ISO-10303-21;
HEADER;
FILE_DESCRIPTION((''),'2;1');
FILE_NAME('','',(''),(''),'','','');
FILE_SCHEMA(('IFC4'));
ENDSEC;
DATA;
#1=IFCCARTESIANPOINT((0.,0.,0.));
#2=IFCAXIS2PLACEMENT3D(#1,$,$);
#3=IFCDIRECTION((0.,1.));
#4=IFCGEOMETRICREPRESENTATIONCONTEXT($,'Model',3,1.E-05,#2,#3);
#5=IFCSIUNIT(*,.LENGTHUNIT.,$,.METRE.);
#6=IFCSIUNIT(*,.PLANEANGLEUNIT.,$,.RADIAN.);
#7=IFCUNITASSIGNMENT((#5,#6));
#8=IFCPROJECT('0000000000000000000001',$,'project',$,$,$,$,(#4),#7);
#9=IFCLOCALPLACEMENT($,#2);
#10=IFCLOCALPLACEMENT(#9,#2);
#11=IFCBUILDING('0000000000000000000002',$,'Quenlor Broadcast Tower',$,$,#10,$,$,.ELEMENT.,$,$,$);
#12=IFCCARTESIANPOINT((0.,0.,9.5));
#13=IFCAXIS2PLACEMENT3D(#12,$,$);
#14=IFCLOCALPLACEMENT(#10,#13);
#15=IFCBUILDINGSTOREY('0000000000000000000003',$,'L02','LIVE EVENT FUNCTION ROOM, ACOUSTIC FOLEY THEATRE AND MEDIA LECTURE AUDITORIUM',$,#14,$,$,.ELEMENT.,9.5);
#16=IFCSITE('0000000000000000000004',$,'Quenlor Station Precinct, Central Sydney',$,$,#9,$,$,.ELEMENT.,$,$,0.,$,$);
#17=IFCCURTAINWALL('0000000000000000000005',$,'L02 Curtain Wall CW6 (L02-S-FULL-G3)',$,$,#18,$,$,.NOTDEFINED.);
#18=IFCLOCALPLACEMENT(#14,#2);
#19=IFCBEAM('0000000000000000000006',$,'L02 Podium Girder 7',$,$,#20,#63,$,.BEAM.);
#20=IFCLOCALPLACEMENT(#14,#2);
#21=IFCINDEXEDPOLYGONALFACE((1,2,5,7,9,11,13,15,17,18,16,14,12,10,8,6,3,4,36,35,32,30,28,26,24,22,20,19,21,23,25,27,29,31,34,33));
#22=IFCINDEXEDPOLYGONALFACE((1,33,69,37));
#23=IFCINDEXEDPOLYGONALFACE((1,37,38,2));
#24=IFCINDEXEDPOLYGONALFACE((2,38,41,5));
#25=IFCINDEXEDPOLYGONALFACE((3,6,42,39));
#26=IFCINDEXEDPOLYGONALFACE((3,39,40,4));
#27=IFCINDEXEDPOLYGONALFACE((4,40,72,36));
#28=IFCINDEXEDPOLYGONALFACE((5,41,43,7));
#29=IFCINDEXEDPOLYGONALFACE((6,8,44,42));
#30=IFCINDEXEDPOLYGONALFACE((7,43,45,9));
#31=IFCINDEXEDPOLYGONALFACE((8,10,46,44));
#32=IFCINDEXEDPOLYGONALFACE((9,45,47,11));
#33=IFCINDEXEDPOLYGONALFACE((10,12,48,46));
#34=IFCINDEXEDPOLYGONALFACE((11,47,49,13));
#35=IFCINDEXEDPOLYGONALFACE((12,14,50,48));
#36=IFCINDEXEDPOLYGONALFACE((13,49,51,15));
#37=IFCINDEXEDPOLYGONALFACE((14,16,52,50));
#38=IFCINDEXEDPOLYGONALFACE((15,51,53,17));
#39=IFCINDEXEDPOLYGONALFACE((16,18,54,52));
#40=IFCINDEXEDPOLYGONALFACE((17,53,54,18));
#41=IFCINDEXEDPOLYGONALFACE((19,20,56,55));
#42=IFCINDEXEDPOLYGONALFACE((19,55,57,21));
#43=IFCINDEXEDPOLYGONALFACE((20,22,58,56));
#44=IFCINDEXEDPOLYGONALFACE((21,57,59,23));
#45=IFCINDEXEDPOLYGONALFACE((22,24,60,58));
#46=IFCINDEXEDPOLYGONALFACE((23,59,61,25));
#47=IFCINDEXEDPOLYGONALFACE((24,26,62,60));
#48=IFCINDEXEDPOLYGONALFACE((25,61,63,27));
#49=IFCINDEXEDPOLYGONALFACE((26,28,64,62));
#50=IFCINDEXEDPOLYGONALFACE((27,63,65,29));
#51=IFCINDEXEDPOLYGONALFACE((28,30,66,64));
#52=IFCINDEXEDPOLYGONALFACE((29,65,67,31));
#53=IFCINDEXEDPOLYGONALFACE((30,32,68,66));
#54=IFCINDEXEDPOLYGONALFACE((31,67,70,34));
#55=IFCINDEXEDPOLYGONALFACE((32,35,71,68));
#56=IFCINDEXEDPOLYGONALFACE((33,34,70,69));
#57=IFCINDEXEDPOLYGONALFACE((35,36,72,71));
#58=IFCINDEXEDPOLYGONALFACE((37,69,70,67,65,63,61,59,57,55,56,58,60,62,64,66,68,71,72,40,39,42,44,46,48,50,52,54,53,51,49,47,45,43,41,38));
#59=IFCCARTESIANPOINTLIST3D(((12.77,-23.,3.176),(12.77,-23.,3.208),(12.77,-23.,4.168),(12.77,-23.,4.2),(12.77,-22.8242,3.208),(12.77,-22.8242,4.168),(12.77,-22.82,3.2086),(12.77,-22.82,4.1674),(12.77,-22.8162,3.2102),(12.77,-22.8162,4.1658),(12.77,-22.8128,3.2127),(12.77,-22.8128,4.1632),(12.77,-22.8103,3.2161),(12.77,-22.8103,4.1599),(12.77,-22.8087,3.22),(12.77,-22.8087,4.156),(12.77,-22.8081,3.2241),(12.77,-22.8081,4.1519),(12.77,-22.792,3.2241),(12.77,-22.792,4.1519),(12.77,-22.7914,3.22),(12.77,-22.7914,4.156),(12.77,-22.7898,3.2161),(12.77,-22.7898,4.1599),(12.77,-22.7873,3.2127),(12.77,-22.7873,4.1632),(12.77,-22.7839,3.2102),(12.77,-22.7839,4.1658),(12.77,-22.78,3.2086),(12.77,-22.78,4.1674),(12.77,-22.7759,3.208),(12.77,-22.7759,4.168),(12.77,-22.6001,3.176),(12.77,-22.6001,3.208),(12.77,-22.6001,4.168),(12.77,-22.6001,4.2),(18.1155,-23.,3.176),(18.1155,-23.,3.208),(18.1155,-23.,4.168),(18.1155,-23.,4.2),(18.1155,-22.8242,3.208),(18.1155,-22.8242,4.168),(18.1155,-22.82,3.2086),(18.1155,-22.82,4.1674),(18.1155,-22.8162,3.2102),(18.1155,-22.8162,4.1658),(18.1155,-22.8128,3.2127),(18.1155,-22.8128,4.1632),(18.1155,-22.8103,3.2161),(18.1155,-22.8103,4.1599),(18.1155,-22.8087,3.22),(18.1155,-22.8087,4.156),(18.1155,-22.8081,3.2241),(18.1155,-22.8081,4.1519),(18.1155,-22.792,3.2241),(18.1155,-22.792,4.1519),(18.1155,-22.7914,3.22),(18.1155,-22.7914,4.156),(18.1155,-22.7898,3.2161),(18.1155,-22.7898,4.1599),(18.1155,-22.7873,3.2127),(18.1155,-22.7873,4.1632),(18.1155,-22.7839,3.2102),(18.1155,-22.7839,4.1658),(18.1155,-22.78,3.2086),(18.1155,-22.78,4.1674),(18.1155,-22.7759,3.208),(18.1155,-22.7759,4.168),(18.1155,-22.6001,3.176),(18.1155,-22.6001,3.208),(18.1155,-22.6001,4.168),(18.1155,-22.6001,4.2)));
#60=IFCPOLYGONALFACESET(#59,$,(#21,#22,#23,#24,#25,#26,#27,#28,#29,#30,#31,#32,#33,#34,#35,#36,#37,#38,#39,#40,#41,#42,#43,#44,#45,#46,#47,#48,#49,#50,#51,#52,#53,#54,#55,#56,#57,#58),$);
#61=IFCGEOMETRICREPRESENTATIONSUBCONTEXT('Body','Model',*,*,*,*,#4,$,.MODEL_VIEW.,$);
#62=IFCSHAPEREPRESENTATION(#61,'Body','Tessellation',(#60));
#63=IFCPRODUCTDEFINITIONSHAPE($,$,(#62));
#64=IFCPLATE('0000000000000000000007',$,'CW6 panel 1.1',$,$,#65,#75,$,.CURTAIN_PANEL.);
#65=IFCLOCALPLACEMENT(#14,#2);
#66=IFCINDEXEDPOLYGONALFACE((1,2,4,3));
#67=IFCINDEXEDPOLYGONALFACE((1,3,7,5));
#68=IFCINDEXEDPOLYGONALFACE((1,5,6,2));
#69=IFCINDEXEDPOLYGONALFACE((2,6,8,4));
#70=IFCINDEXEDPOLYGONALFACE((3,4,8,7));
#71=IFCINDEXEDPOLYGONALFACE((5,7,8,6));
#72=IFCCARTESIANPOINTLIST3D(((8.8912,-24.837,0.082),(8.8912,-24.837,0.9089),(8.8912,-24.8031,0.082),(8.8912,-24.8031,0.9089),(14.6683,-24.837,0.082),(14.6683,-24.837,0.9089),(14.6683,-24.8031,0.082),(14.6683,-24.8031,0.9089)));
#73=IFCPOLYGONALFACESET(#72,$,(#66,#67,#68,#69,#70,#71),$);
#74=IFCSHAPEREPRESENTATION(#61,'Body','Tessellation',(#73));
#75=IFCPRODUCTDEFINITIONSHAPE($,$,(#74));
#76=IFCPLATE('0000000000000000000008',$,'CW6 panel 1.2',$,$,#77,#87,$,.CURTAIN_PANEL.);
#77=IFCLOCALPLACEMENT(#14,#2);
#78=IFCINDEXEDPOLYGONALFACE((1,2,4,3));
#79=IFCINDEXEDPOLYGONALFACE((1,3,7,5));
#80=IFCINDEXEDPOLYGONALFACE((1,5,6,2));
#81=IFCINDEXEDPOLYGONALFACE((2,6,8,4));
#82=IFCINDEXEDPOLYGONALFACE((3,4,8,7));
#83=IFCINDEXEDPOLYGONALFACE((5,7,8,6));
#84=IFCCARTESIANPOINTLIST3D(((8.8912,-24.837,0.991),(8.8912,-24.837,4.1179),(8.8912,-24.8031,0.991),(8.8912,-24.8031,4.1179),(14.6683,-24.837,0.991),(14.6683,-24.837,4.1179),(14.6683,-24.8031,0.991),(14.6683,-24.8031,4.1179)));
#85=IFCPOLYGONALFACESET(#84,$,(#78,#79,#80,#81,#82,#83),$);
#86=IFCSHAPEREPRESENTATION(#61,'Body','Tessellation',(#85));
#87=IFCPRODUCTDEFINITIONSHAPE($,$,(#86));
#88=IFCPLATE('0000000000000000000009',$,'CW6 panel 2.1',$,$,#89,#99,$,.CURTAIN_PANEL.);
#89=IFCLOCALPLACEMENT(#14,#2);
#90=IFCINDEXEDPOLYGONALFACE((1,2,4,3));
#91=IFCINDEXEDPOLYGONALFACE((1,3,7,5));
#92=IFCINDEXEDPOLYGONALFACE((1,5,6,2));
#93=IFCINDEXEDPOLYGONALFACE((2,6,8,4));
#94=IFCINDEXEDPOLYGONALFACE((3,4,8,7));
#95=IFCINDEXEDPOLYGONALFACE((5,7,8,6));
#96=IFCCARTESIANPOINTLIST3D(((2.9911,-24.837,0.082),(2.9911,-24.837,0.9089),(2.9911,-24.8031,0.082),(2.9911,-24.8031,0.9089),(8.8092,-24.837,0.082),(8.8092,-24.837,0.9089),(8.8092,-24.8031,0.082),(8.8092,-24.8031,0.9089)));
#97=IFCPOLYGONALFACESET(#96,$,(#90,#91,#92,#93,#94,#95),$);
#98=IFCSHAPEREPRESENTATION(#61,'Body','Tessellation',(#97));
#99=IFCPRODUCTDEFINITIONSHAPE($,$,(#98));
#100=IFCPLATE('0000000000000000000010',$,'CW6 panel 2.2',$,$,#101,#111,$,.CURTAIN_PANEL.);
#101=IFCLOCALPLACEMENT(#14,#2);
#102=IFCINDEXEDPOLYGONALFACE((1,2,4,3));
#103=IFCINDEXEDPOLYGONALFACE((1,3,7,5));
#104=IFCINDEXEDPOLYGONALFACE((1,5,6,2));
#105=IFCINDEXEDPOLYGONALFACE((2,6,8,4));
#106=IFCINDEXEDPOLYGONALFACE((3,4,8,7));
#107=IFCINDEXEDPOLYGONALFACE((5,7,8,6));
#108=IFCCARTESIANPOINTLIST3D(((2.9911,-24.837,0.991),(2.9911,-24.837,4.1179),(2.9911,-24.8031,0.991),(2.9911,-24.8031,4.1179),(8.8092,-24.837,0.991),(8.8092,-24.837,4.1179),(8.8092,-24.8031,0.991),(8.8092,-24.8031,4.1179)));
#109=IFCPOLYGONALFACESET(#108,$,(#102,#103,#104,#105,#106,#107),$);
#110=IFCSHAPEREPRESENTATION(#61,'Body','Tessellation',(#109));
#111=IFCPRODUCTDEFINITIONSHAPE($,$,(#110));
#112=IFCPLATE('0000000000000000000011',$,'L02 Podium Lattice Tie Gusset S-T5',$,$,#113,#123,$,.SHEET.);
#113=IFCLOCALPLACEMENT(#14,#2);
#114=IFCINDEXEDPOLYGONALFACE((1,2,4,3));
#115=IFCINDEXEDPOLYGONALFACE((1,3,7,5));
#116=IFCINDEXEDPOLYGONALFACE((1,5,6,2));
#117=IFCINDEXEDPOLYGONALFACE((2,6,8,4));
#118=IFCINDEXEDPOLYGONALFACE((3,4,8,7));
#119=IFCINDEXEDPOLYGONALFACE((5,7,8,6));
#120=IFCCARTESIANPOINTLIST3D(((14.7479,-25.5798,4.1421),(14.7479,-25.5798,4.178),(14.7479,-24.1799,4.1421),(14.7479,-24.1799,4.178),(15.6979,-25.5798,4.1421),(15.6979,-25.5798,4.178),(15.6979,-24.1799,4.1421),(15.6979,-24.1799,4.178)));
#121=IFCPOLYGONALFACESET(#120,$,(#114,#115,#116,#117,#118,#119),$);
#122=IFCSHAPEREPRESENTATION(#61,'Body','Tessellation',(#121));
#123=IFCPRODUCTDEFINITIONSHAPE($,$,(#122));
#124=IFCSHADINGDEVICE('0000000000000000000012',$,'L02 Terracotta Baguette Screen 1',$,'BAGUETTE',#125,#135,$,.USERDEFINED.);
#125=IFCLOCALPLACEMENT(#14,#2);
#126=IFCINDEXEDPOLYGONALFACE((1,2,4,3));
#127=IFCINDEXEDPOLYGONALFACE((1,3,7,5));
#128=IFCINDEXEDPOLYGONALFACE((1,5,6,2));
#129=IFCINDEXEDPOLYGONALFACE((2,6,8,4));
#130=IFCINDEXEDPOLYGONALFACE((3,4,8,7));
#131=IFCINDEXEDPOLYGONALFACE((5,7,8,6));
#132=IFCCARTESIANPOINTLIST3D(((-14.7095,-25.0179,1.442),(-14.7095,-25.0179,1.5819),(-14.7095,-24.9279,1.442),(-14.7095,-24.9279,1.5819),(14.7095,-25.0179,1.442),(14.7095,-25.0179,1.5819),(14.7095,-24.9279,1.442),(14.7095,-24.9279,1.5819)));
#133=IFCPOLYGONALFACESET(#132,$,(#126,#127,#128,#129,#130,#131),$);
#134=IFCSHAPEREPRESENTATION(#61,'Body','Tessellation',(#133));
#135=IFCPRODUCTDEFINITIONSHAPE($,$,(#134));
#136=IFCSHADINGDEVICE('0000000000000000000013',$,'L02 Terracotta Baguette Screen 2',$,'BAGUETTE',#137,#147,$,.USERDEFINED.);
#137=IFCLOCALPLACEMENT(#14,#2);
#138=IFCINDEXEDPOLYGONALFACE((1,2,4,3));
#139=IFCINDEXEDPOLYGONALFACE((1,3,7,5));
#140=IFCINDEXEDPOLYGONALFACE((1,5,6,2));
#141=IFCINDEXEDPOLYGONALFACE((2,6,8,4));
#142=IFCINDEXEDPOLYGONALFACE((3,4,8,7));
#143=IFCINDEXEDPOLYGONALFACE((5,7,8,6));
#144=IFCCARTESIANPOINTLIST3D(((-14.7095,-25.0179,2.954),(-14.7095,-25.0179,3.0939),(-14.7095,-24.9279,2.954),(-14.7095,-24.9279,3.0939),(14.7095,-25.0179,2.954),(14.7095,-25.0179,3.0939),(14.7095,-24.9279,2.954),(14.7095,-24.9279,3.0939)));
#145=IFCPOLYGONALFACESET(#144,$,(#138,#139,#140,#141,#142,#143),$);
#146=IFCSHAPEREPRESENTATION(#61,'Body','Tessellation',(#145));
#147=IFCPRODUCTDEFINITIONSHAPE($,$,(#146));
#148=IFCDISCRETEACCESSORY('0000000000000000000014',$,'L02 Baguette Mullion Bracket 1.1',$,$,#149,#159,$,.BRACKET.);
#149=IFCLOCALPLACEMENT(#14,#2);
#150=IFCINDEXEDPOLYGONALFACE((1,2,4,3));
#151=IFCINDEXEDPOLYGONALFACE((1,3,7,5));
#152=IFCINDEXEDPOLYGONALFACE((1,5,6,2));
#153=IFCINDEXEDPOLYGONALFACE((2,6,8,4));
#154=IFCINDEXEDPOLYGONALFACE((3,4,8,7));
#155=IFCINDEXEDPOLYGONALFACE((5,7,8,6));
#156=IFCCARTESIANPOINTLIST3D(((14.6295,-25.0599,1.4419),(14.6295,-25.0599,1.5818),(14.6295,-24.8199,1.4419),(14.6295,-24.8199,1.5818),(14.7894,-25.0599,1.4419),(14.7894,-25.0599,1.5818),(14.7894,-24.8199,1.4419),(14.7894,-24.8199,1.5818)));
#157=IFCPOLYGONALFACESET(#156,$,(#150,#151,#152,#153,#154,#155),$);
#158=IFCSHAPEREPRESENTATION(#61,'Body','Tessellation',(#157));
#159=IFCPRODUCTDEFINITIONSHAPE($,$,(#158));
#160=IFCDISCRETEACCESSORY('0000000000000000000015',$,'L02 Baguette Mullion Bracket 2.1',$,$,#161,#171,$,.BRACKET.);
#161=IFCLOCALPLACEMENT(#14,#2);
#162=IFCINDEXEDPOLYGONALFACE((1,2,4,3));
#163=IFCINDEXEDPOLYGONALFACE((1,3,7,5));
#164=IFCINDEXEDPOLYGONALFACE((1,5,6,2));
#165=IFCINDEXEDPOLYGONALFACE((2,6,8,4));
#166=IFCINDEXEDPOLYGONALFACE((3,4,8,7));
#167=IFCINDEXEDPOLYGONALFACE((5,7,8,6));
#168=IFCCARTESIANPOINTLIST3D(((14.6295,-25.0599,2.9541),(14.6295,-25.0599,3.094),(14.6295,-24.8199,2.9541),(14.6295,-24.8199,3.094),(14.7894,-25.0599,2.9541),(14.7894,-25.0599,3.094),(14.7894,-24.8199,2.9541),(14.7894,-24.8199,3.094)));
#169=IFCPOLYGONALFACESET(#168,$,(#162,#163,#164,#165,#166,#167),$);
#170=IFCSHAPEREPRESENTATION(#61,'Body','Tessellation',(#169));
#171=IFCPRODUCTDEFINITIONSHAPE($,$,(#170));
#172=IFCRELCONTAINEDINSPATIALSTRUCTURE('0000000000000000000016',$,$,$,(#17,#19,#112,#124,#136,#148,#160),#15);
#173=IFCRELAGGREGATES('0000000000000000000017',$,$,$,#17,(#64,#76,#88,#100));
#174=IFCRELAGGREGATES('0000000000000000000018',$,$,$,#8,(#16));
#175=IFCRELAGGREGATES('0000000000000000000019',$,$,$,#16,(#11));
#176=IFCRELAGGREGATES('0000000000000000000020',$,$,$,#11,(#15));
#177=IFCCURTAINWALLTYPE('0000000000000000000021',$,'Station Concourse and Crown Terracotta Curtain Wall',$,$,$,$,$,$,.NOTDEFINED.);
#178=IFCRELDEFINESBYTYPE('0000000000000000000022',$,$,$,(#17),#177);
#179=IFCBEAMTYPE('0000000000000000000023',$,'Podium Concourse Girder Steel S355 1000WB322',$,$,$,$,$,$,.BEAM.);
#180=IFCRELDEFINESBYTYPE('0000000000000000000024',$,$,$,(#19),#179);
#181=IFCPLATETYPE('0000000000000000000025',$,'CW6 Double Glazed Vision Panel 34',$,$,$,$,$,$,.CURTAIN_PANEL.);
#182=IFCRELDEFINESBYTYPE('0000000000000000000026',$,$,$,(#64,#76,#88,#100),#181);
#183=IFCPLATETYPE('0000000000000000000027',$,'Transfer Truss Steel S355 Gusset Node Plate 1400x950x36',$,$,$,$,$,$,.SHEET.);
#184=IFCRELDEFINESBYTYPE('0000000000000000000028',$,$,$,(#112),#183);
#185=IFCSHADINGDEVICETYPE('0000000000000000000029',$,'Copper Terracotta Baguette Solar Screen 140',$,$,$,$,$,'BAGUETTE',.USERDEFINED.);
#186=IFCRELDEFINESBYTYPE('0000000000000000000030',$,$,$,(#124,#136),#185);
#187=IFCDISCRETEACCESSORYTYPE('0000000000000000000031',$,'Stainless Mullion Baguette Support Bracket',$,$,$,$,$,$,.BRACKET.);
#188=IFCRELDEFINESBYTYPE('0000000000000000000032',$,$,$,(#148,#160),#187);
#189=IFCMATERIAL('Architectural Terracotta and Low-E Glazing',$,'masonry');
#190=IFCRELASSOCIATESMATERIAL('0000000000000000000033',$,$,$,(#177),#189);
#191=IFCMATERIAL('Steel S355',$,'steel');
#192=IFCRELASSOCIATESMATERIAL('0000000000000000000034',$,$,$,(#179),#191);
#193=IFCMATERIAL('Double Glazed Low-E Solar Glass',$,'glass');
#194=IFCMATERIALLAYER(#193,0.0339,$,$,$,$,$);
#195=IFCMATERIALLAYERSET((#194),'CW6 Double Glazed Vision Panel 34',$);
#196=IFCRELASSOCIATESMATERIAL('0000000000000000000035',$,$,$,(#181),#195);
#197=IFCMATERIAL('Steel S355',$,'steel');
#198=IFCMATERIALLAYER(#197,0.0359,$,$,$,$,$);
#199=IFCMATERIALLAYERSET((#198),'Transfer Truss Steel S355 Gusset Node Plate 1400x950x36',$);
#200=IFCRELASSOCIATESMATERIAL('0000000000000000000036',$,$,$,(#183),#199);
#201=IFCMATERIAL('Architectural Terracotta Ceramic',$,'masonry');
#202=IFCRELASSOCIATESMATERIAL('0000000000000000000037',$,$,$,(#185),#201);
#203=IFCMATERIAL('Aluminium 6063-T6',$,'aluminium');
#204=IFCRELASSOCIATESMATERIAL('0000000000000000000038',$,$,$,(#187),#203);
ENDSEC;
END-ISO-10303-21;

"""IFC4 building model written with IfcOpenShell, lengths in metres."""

from ifc_helpers import new_model, si_unit, direction, frame, origin, origin_2d, place, context, subcontext, project, spatial, rectangle, i_section, extrude, material, layer, layer_set, material_profile, profile_set, type_object, element, aggregate, save


model = new_model("IFC4")

# Units and contexts
model_context = context("Model", 3, precision=1e-05, world=origin(), true_north=direction((0.0, 1.0)))
body_context = subcontext(model_context, "Body", "Model", "MODEL_VIEW")
ifc_project = project(units=[si_unit("LENGTHUNIT", "METRE"), si_unit("PLANEANGLEUNIT", "RADIAN")], contexts=[model_context])

# Site, building, storey
site_placement = place(None, origin())
site = spatial("IfcSite", under=ifc_project, at=site_placement, Name="Quenlor Station Precinct, Central Sydney", CompositionType="ELEMENT", RefElevation=0.0)
building_placement = place(site_placement, origin())
building = spatial("IfcBuilding", under=site, at=building_placement, Name="Quenlor Broadcast Tower", CompositionType="ELEMENT")
storey_placement = place(building_placement, frame((0.0, 0.0, 9.5)))
storey = spatial("IfcBuildingStorey", under=building, at=storey_placement, Name="L02", Description="LIVE EVENT FUNCTION ROOM, ACOUSTIC FOLEY THEATRE AND MEDIA LECTURE AUDITORIUM", CompositionType="ELEMENT", Elevation=9.5)

# Curtain wall
ifc_material_1 = material(Name="Architectural Terracotta and Low-E Glazing", Category="masonry")
curtain_wall_type = type_object("IfcCurtainWallType", Name="Station Concourse and Crown Terracotta Curtain Wall", PredefinedType="NOTDEFINED", material=ifc_material_1)
curtain_wall_placement = place(storey_placement, origin())
curtain_wall = element("IfcCurtainWall", 1, at=curtain_wall_placement, inside=storey, type_object=curtain_wall_type, Name="L02 Curtain Wall CW6 (L02-S-FULL-G3)", PredefinedType="NOTDEFINED")

# Beam
ifc_material_2 = material(Name="Steel S355", Category="steel")
ifc_material_profile_1 = material_profile(ifc_material_2, i_section(OverallWidth=0.3999, OverallDepth=1.0239, WebThickness=0.0161, FlangeThickness=0.032, FilletRadius=0.0161, at=origin_2d()))
ifc_profile_set_1 = profile_set([ifc_material_profile_1], Name="Steel S355 1000WB322")
beam_type_1 = type_object("IfcBeamType", Name="Podium Concourse Girder Steel S355 1000WB322", PredefinedType="BEAM", material=ifc_profile_set_1)
beam_1_placement = place(storey_placement, frame((12.77, -22.8, 3.688), z_axis=(1.0, 0.0, 0.0), x_axis=(0.0, 1.0, 0.0)))
element("IfcBeam", 2, at=beam_1_placement, inside=storey, type_object=beam_type_1, Name="L02 Podium Girder 7", PredefinedType="BEAM", context=body_context, shape_type="SweptSolid", body=[
    extrude(i_section(OverallWidth=0.3999, OverallDepth=1.0239, WebThickness=0.0161, FlangeThickness=0.032, FilletRadius=0.0161, at=origin_2d()), origin(), (0.0, 0.0, 1.0), 5.3455),
])

# Plates
ifc_material_3 = material(Name="Double Glazed Low-E Solar Glass", Category="glass")
ifc_layer_1 = layer(ifc_material_3, 0.0339)
ifc_layer_set_1 = layer_set([ifc_layer_1], Name="CW6 Double Glazed Vision Panel 34")
plate_type_1 = type_object("IfcPlateType", Name="CW6 Double Glazed Vision Panel 34", PredefinedType="CURTAIN_PANEL", material=ifc_layer_set_1)
plate_1_placement = place(storey_placement, frame((11.7798, -24.8201, 0.082), z_axis=(0.0, 0.0, 1.0), x_axis=(-1.0, 0.0, 0.0)))
plate_1 = element("IfcPlate", 3, at=plate_1_placement, type_object=plate_type_1, Name="CW6 panel 1.1", PredefinedType="CURTAIN_PANEL", context=body_context, shape_type="SweptSolid", body=[
    extrude(rectangle(XDim=5.7771, YDim=0.0339, at=origin_2d()), origin(), (0.0, 0.0, 1.0), 0.8269),
])
plate_2_placement = place(storey_placement, frame((11.7798, -24.8201, 0.991), z_axis=(0.0, 0.0, 1.0), x_axis=(-1.0, 0.0, 0.0)))
plate_2 = element("IfcPlate", 4, at=plate_2_placement, type_object=plate_type_1, Name="CW6 panel 1.2", PredefinedType="CURTAIN_PANEL", context=body_context, shape_type="SweptSolid", body=[
    extrude(rectangle(XDim=5.7771, YDim=0.0339, at=origin_2d()), origin(), (0.0, 0.0, 1.0), 3.127),
])
plate_3_placement = place(storey_placement, frame((5.9001, -24.8201, 0.082), z_axis=(0.0, 0.0, 1.0), x_axis=(-1.0, 0.0, 0.0)))
plate_3 = element("IfcPlate", 5, at=plate_3_placement, type_object=plate_type_1, Name="CW6 panel 2.1", PredefinedType="CURTAIN_PANEL", context=body_context, shape_type="SweptSolid", body=[
    extrude(rectangle(XDim=5.8181, YDim=0.0339, at=origin_2d()), origin(), (0.0, 0.0, 1.0), 0.8269),
])
plate_4_placement = place(storey_placement, frame((5.9001, -24.8201, 0.991), z_axis=(0.0, 0.0, 1.0), x_axis=(-1.0, 0.0, 0.0)))
plate_4 = element("IfcPlate", 6, at=plate_4_placement, type_object=plate_type_1, Name="CW6 panel 2.2", PredefinedType="CURTAIN_PANEL", context=body_context, shape_type="SweptSolid", body=[
    extrude(rectangle(XDim=5.8181, YDim=0.0339, at=origin_2d()), origin(), (0.0, 0.0, 1.0), 3.127),
])
aggregate(curtain_wall, [plate_1, plate_2, plate_3, plate_4])
ifc_material_4 = material(Name="Steel S355", Category="steel")
ifc_layer_2 = layer(ifc_material_4, 0.0359)
ifc_layer_set_2 = layer_set([ifc_layer_2], Name="Transfer Truss Steel S355 Gusset Node Plate 1400x950x36")
plate_type_2 = type_object("IfcPlateType", Name="Transfer Truss Steel S355 Gusset Node Plate 1400x950x36", PredefinedType="SHEET", material=ifc_layer_set_2)
plate_5_placement = place(storey_placement, frame((15.2229, -24.8799, 4.1421), z_axis=(0.0, 0.0, 1.0), x_axis=(0.0, -1.0, 0.0)))
element("IfcPlate", 7, at=plate_5_placement, inside=storey, type_object=plate_type_2, Name="L02 Podium Lattice Tie Gusset S-T5", PredefinedType="SHEET", context=body_context, shape_type="SweptSolid", body=[
    extrude(rectangle(XDim=1.3999, YDim=0.95, at=origin_2d()), origin(), (0.0, 0.0, 1.0), 0.0359),
])

# Shading devices
ifc_material_5 = material(Name="Architectural Terracotta Ceramic", Category="masonry")
ifc_material_profile_2 = material_profile(ifc_material_5, rectangle(XDim=0.0901, YDim=0.1399, at=origin_2d()))
ifc_profile_set_2 = profile_set([ifc_material_profile_2], Name="Architectural Terracotta Ceramic BAG90x140")
shading_device_type = type_object("IfcShadingDeviceType", Name="Copper Terracotta Baguette Solar Screen 140", ElementType="BAGUETTE", PredefinedType="USERDEFINED", material=ifc_profile_set_2)
for number, where, z_axis, x_axis, name in (
    (8, (14.7095, -24.9729, 1.512), (-1.0, 0.0, 0.0), (0.0, -1.0, 0.0), "L02 Terracotta Baguette Screen 1"),
    (9, (14.7095, -24.9729, 3.0239), (-1.0, 0.0, 0.0), (0.0, -1.0, 0.0), "L02 Terracotta Baguette Screen 2"),
):
    element("IfcShadingDevice", number, at=place(storey_placement, frame(where, z_axis=z_axis, x_axis=x_axis)), inside=storey, type_object=shading_device_type, Name=name, ObjectType="BAGUETTE", PredefinedType="USERDEFINED", context=body_context, shape_type="SweptSolid", body=[
        extrude(rectangle(XDim=0.0901, YDim=0.1399, at=origin_2d()), origin(), (0.0, 0.0, 1.0), 29.4189),
    ])

# Discrete accessories
ifc_material_6 = material(Name="Aluminium 6063-T6", Category="aluminium")
discrete_accessory_type = type_object("IfcDiscreteAccessoryType", Name="Stainless Mullion Baguette Support Bracket", PredefinedType="BRACKET", material=ifc_material_6)
for number, where, z_axis, x_axis, name in (
    (10, (14.7095, -24.9399, 1.4419), (0.0, 0.0, 1.0), (-1.0, 0.0, 0.0), "L02 Baguette Mullion Bracket 1.1"),
    (11, (14.7095, -24.9399, 2.9541), (0.0, 0.0, 1.0), (-1.0, 0.0, 0.0), "L02 Baguette Mullion Bracket 2.1"),
):
    element("IfcDiscreteAccessory", number, at=place(storey_placement, frame(where, z_axis=z_axis, x_axis=x_axis)), inside=storey, type_object=discrete_accessory_type, Name=name, PredefinedType="BRACKET", context=body_context, shape_type="SweptSolid", body=[
        extrude(rectangle(XDim=0.1599, YDim=0.24, at=origin_2d()), origin(), (0.0, 0.0, 1.0), 0.1399),
    ])

save(model, "model.ifc")
